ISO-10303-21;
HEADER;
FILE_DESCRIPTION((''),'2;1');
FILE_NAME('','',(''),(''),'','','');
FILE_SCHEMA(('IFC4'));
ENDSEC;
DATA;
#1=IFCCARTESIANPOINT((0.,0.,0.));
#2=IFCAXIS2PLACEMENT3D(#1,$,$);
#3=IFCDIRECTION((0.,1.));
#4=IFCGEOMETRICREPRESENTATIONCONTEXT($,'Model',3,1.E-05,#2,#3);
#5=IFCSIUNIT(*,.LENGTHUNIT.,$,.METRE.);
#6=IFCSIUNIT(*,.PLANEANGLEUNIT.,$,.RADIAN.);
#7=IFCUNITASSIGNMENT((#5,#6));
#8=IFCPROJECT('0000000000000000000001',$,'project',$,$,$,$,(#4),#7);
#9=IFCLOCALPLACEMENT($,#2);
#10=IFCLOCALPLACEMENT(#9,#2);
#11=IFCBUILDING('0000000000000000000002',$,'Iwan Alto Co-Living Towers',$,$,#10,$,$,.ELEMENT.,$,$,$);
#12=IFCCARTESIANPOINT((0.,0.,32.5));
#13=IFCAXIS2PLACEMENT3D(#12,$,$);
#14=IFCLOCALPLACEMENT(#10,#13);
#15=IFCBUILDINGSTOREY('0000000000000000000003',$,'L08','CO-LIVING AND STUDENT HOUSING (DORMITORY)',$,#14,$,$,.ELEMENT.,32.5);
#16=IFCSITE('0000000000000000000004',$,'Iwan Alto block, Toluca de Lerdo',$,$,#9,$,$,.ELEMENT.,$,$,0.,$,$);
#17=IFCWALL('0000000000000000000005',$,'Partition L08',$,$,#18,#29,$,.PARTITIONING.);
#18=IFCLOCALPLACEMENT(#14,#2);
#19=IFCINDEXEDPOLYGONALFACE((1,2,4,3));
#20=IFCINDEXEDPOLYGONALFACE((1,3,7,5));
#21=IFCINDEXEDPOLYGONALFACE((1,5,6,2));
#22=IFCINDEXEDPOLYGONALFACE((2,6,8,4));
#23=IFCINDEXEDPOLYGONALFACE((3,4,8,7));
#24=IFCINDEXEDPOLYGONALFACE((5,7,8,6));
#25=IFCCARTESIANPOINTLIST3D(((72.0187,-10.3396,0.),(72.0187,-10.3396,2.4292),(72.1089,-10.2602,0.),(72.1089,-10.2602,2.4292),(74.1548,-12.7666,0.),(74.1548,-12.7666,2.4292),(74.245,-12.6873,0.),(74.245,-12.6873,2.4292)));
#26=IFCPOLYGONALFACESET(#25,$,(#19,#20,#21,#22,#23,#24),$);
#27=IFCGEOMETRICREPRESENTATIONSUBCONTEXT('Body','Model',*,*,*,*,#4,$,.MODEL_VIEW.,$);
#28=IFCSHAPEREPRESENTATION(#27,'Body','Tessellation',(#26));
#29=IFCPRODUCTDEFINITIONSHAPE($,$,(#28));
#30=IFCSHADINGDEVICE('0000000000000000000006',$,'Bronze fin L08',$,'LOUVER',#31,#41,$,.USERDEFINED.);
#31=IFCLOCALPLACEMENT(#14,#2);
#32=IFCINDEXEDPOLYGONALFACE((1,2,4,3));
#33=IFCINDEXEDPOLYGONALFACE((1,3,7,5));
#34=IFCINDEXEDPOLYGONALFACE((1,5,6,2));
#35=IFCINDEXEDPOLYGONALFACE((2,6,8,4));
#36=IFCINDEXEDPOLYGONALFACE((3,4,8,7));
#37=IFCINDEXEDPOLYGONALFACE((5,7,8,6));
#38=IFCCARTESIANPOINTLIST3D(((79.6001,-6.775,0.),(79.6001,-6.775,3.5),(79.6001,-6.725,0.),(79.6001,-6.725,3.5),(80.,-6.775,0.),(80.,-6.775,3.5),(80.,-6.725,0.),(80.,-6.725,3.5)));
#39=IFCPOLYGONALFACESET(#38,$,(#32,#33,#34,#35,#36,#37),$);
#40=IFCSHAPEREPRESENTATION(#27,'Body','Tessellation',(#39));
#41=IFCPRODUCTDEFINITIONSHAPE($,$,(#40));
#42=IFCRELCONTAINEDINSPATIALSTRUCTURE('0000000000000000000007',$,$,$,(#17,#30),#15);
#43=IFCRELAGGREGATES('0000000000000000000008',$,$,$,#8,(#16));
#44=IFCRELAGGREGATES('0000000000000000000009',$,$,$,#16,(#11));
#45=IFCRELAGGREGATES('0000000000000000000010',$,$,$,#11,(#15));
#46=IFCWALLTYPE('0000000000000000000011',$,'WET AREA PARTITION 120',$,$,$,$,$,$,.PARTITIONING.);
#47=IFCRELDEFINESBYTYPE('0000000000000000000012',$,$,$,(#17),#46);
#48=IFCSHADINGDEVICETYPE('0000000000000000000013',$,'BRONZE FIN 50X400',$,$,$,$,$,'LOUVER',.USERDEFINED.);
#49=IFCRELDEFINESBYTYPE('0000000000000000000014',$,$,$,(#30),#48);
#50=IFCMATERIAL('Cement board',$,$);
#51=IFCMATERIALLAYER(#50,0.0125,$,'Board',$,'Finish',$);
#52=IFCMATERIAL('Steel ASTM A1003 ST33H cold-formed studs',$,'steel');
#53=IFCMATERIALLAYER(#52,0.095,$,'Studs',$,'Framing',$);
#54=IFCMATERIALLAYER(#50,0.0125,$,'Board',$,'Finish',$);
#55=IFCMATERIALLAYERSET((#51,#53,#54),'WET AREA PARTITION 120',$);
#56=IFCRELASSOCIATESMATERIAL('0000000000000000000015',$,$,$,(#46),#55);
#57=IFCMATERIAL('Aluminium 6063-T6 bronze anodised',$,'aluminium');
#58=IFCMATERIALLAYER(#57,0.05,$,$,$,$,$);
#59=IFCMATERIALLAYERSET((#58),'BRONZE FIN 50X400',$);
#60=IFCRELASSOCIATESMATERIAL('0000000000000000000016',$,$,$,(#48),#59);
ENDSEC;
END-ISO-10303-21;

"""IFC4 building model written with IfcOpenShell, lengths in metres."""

from ifc_helpers import new_model, si_unit, direction, frame, frame_2d, origin, origin_2d, place, context, subcontext, project, spatial, rectangle, extrude, material, layer, layer_set, type_object, element, save


model = new_model("IFC4")

# Units and contexts
model_context = context("Model", 3, precision=1e-05, world=origin(), true_north=direction((0.0, 1.0)))
body_context = subcontext(model_context, "Body", "Model", "MODEL_VIEW")
ifc_project = project(units=[si_unit("LENGTHUNIT", "METRE"), si_unit("PLANEANGLEUNIT", "RADIAN")], contexts=[model_context])

# Site, building, storey
site_placement = place(None, origin())
site = spatial("IfcSite", under=ifc_project, at=site_placement, Name="Iwan Alto block, Toluca de Lerdo", CompositionType="ELEMENT", RefElevation=0.0)
building_placement = place(site_placement, origin())
building = spatial("IfcBuilding", under=site, at=building_placement, Name="Iwan Alto Co-Living Towers", CompositionType="ELEMENT")
storey_placement = place(building_placement, frame((0.0, 0.0, 32.5)))
storey = spatial("IfcBuildingStorey", under=building, at=storey_placement, Name="L08", Description="CO-LIVING AND STUDENT HOUSING (DORMITORY)", CompositionType="ELEMENT", Elevation=32.5)

# Shared definitions
ifc_material_1 = material(Name="Steel ASTM A1003 ST33H cold-formed studs", Category="steel")
ifc_material_2 = material(Name="Cement board")
ifc_layer_1 = layer(ifc_material_2, 0.0125, Name="Board", Category="Finish")
ifc_layer_2 = layer(ifc_material_1, 0.095, Name="Studs", Category="Framing")
ifc_layer_3 = layer(ifc_material_2, 0.0125, Name="Board", Category="Finish")
ifc_layer_set_1 = layer_set([ifc_layer_1, ifc_layer_2, ifc_layer_3], Name="WET AREA PARTITION 120")
wall_type_1 = type_object("IfcWallType", Name="WET AREA PARTITION 120", PredefinedType="PARTITIONING", material=ifc_layer_set_1)

# Wall
wall_1_placement = place(storey_placement, frame((74.2, -12.7271, 0.0), z_axis=(0.0, 0.0, 1.0), x_axis=(-0.660667, 0.750679, 0.0)))
element("IfcWall", 1, at=wall_1_placement, inside=storey, type_object=wall_type_1, Name="Partition L08", PredefinedType="PARTITIONING", context=body_context, shape_type="SweptSolid", body=[
    extrude(rectangle(XDim=3.2332, YDim=0.1201, at=frame_2d((1.6167, 0.0))), origin(), (0.0, 0.0, 1.0), 2.4292),
])

# Shading device
ifc_material_3 = material(Name="Aluminium 6063-T6 bronze anodised", Category="aluminium")
ifc_layer_4 = layer(ifc_material_3, 0.05)
ifc_layer_set_2 = layer_set([ifc_layer_4], Name="BRONZE FIN 50X400")
shading_device_type = type_object("IfcShadingDeviceType", Name="BRONZE FIN 50X400", ElementType="LOUVER", PredefinedType="USERDEFINED", material=ifc_layer_set_2)
shading_device_placement = place(storey_placement, frame((79.8, -6.75, 0.0), z_axis=(0.0, 0.0, 1.0), x_axis=(0.0, 1.0, 0.0)))
element("IfcShadingDevice", 2, at=shading_device_placement, inside=storey, type_object=shading_device_type, Name="Bronze fin L08", ObjectType="LOUVER", PredefinedType="USERDEFINED", context=body_context, shape_type="SweptSolid", body=[
    extrude(rectangle(XDim=0.05, YDim=0.3999, at=origin_2d()), origin(), (0.0, 0.0, 1.0), 3.5),
])

save(model, "model.ifc")
